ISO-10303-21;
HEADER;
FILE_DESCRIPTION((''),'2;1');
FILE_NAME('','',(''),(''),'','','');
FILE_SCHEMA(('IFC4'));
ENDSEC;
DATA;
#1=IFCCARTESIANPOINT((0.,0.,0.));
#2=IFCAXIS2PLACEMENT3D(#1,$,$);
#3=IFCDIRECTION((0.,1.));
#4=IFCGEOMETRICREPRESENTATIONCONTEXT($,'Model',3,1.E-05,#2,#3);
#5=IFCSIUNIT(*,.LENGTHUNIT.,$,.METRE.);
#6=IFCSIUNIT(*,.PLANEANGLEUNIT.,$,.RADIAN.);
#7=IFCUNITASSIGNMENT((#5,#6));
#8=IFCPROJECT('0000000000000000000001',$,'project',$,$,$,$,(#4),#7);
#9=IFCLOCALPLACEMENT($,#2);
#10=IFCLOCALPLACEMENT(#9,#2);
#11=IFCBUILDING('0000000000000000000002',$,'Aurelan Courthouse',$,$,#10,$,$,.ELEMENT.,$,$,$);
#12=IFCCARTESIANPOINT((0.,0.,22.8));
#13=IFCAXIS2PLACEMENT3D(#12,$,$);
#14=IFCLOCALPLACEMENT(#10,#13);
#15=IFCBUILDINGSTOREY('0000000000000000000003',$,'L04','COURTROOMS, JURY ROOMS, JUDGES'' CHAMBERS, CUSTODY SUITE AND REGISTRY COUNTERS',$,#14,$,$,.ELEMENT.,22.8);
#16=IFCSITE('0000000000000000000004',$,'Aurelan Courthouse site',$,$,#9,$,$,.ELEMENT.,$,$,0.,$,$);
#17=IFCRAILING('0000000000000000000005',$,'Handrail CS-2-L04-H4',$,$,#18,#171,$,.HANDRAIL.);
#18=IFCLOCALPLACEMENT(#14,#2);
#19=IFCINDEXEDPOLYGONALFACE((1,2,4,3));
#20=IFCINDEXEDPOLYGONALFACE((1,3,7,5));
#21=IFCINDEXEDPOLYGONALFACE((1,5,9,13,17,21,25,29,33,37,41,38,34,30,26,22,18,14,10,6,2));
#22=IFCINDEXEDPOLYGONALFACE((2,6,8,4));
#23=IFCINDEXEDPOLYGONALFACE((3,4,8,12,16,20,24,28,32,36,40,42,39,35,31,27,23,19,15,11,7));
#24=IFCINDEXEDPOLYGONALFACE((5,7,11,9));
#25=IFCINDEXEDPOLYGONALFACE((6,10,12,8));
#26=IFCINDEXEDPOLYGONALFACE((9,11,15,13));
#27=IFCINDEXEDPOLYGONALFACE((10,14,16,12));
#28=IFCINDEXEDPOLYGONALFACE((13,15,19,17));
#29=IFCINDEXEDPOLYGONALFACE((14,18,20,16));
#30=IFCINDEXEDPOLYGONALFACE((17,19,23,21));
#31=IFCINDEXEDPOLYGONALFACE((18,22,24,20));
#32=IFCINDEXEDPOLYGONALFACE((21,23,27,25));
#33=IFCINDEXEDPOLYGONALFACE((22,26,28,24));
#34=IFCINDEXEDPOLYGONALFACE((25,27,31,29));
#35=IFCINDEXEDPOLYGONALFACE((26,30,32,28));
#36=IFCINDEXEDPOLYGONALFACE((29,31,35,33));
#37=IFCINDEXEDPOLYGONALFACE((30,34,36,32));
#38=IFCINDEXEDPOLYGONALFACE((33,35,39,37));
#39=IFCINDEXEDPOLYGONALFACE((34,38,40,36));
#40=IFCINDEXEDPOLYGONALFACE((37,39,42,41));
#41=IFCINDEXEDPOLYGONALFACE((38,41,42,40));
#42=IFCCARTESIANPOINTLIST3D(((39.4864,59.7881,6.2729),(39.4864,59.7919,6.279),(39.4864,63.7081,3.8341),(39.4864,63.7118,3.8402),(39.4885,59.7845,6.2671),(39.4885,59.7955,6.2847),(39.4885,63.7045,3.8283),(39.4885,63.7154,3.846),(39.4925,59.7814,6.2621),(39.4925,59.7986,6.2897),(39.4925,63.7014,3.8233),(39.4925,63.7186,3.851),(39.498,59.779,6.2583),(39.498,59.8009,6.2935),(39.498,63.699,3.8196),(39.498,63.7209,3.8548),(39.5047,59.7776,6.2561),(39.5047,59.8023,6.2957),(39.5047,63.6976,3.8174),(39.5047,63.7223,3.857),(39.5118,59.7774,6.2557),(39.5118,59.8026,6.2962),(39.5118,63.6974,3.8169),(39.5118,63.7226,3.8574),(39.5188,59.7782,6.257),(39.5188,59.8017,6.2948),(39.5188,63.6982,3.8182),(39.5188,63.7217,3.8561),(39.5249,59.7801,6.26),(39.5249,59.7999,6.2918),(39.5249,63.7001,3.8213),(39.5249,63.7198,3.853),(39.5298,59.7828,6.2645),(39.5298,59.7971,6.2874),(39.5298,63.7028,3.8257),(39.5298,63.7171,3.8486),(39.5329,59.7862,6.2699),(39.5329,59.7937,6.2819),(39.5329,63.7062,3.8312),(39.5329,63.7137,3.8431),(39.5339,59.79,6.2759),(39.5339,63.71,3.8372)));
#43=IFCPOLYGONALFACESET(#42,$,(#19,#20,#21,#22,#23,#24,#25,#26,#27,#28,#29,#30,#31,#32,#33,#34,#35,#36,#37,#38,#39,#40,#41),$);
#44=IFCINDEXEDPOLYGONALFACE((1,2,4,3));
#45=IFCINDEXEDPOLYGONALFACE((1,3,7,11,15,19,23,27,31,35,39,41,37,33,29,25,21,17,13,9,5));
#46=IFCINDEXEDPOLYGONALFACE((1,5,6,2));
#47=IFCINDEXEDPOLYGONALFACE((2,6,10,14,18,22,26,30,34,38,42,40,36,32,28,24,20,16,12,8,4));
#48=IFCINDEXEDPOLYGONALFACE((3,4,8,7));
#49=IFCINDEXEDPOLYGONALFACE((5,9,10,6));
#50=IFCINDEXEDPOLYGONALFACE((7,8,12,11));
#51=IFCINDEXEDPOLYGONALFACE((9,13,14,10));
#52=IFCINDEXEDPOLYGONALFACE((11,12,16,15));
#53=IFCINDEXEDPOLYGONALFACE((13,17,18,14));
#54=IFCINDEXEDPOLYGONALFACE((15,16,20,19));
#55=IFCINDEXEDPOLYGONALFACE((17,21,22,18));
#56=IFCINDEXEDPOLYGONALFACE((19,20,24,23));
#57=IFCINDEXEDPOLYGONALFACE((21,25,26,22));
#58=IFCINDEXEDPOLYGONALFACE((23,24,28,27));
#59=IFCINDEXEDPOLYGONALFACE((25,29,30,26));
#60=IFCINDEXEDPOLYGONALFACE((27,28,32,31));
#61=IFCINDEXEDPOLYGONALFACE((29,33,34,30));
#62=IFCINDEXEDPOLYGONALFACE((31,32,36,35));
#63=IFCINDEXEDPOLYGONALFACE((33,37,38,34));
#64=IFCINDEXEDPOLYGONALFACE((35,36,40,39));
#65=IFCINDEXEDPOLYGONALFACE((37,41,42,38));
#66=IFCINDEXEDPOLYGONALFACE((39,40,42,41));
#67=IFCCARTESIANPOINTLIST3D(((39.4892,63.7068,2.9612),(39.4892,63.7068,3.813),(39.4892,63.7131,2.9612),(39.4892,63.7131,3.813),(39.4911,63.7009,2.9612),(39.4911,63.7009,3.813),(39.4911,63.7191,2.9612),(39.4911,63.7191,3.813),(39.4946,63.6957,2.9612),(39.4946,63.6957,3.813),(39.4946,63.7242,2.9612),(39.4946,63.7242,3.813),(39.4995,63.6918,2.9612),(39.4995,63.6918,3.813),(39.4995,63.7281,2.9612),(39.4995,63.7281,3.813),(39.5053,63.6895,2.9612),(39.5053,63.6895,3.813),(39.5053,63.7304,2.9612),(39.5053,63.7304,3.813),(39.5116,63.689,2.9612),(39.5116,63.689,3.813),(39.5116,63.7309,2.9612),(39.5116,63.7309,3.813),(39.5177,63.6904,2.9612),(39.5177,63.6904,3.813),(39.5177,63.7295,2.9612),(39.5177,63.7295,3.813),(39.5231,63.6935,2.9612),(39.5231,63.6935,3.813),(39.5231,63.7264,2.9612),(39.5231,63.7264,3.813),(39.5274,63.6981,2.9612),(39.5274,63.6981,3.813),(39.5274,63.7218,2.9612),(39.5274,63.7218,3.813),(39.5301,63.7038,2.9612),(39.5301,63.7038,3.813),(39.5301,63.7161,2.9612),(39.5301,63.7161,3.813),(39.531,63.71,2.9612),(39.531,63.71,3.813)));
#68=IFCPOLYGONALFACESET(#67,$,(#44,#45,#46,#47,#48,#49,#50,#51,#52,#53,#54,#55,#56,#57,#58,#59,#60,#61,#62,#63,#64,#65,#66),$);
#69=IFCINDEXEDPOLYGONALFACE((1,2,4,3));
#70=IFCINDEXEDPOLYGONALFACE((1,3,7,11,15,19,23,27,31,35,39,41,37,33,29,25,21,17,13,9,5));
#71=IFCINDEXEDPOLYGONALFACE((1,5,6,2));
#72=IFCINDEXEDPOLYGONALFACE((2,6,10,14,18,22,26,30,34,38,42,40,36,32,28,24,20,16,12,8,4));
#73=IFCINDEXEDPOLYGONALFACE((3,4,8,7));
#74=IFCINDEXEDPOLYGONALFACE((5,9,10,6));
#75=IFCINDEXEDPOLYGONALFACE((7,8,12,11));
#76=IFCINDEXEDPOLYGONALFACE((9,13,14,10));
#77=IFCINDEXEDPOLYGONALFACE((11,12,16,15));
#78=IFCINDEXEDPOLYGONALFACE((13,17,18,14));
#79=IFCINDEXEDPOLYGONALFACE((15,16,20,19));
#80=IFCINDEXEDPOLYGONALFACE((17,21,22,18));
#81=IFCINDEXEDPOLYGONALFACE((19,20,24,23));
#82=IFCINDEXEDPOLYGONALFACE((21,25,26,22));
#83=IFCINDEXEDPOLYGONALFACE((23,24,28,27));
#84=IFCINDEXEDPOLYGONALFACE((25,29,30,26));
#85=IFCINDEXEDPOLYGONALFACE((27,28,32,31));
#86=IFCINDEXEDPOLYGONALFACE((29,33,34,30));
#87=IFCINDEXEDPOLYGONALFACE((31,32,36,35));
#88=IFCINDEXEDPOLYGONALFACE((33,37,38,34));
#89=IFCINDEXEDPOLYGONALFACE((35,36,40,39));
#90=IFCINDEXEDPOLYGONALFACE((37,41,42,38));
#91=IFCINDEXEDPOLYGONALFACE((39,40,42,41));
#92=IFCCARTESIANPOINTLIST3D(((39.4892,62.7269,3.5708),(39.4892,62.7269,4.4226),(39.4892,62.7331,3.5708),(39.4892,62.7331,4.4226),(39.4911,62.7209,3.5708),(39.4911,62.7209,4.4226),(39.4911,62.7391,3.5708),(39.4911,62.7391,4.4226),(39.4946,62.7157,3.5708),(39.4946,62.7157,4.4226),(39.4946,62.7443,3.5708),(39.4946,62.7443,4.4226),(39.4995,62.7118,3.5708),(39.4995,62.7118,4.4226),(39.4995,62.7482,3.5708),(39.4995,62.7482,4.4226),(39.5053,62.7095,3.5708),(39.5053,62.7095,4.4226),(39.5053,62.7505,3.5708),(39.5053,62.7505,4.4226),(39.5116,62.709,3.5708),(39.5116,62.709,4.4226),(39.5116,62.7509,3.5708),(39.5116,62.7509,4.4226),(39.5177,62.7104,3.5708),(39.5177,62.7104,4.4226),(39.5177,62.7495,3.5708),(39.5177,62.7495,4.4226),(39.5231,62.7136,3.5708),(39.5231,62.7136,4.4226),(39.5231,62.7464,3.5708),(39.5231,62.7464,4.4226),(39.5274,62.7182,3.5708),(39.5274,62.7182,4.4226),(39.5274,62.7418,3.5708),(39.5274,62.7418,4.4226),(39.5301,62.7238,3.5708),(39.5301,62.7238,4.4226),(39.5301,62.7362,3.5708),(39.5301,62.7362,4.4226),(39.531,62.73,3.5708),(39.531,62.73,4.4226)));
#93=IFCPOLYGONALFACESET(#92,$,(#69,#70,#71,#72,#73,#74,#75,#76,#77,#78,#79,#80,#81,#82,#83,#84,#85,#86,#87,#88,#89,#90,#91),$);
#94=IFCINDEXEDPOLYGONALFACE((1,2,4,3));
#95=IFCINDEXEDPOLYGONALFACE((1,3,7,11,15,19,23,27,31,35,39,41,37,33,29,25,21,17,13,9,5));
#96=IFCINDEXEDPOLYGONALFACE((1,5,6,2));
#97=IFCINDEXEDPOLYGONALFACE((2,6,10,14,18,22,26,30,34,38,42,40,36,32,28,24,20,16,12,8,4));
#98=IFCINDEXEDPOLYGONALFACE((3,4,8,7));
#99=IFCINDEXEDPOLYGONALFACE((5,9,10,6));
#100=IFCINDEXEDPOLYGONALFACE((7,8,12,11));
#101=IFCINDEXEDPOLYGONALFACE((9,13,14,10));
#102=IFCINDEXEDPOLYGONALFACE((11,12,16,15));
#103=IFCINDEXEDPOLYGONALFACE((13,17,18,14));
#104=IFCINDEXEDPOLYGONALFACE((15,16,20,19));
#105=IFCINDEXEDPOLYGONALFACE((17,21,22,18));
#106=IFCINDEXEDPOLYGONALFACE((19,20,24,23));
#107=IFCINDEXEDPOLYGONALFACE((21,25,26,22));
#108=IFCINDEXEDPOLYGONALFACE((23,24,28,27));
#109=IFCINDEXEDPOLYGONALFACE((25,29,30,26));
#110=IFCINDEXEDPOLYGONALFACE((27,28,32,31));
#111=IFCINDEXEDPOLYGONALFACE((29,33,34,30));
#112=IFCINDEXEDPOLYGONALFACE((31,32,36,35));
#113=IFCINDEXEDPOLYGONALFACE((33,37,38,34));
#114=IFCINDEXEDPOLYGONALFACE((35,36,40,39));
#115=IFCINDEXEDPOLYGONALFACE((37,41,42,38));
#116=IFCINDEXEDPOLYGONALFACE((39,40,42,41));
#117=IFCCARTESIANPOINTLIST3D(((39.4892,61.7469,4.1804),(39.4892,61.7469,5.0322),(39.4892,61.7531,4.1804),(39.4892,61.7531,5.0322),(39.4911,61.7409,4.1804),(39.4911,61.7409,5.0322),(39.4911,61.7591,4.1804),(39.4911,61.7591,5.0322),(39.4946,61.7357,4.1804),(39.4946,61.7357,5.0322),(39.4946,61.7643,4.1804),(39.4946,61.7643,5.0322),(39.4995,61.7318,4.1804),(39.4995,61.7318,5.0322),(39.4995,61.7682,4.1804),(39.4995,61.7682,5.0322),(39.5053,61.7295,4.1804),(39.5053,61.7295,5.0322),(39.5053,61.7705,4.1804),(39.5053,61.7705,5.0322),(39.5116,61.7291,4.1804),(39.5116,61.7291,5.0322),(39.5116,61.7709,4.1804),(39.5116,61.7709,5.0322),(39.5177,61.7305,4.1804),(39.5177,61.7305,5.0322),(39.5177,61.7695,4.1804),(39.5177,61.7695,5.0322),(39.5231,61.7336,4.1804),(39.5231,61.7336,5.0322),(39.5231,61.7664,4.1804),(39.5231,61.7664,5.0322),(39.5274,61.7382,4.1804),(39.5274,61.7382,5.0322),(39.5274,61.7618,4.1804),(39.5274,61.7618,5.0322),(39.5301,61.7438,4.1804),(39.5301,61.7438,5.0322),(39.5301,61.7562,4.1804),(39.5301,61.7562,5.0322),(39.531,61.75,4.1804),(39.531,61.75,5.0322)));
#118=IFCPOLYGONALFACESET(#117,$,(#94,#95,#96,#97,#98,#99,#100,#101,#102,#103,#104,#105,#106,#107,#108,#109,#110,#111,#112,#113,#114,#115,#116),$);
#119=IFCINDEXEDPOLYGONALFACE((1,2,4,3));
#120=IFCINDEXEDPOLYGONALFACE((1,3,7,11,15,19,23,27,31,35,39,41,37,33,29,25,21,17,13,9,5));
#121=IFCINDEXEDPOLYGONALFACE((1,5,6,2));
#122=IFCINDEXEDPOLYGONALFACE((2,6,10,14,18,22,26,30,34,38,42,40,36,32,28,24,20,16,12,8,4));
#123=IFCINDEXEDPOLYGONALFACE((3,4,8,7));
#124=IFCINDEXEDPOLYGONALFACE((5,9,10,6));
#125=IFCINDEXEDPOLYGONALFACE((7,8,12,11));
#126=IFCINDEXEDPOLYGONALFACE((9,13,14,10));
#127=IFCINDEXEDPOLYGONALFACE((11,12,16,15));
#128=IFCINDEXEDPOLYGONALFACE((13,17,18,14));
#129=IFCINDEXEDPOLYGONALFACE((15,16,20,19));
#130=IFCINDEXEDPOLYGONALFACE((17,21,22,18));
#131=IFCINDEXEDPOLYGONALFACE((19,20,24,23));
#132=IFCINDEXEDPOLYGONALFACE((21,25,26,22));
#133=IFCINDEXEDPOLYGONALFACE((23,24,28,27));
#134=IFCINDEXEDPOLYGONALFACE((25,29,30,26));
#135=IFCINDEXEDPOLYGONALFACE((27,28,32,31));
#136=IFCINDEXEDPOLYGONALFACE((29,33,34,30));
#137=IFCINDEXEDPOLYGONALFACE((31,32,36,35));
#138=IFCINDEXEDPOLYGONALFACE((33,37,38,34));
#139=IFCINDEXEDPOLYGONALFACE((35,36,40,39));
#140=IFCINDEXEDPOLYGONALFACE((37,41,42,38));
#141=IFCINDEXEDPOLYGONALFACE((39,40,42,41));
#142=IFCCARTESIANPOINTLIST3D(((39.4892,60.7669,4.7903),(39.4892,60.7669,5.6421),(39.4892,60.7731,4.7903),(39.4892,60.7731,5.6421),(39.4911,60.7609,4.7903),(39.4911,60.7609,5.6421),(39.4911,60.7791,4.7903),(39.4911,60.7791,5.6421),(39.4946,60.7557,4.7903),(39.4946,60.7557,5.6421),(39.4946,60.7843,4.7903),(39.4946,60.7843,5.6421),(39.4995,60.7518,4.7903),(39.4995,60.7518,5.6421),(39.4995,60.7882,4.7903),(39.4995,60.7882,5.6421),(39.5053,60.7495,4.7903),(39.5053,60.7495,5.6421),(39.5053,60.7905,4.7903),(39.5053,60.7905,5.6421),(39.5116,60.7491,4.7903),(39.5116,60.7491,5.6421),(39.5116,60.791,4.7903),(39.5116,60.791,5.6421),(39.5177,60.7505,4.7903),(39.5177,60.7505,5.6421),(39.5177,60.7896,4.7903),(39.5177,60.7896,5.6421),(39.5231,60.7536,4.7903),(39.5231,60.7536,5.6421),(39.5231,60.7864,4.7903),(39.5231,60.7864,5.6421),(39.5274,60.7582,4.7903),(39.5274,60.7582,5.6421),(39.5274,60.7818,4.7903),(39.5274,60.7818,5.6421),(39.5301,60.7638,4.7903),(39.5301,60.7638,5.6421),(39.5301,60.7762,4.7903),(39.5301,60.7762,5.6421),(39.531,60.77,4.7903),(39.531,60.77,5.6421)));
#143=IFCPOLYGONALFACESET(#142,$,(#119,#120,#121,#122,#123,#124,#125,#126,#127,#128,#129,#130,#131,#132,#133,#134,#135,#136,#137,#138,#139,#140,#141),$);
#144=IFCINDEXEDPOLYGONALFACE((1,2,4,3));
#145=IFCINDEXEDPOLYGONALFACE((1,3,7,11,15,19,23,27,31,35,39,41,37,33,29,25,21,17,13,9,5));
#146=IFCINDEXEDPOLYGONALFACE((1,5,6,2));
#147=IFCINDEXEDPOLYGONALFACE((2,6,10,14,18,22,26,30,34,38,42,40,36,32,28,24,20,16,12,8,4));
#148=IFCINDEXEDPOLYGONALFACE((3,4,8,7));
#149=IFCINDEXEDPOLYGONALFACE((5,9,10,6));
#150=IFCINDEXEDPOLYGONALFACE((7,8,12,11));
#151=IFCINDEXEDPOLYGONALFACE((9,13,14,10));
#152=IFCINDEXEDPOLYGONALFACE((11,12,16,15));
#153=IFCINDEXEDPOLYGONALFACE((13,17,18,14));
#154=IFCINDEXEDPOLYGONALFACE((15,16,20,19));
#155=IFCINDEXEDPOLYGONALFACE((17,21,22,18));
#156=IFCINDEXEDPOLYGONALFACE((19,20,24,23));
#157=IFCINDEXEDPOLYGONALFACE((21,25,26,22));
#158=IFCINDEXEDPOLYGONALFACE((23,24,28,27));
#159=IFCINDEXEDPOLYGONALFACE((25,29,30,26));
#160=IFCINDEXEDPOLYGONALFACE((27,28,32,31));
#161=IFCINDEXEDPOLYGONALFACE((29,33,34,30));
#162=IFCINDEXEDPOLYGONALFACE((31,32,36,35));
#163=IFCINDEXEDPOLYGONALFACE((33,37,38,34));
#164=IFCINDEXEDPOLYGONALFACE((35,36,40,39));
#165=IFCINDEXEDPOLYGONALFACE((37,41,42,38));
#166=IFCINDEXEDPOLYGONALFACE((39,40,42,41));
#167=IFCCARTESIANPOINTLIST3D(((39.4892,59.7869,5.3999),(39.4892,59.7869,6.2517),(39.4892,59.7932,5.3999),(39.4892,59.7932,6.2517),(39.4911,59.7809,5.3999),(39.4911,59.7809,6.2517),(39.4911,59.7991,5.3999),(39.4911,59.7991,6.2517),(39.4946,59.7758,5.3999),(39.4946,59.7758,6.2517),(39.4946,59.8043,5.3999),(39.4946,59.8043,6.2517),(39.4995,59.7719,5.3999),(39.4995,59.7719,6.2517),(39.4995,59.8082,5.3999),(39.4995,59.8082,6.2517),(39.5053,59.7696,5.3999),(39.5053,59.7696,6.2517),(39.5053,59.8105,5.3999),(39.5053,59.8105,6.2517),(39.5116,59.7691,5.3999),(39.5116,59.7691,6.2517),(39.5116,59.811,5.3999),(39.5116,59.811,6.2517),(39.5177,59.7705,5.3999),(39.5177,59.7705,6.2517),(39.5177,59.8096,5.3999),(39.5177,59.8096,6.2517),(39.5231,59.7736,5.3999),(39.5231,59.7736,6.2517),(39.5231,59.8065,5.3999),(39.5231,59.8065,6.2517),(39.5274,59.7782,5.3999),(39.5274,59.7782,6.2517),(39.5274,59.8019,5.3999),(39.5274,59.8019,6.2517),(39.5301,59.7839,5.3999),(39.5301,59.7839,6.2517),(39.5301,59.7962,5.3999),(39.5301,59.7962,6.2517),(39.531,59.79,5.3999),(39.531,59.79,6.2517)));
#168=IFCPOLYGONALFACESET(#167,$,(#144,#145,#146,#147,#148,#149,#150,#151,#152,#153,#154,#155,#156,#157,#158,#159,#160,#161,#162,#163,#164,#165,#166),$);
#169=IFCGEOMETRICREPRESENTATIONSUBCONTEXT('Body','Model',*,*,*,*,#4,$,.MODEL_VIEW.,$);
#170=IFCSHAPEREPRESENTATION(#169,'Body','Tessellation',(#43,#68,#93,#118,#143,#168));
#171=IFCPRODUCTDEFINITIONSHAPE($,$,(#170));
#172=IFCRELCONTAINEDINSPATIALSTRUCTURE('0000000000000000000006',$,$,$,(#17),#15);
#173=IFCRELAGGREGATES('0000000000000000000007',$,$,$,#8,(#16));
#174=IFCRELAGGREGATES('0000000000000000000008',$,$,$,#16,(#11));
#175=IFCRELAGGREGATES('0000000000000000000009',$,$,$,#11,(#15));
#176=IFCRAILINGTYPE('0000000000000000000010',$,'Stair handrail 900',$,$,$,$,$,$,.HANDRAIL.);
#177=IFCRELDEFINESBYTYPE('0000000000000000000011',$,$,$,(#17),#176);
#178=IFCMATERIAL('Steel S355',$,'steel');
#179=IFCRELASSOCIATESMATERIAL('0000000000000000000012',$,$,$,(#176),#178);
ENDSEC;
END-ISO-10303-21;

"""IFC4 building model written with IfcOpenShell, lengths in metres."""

from ifc_helpers import new_model, si_unit, direction, frame, origin, origin_2d, place, context, subcontext, project, spatial, circle, extrude, material, type_object, element, save


model = new_model("IFC4")

# Units and contexts
model_context = context("Model", 3, precision=1e-05, world=origin(), true_north=direction((0.0, 1.0)))
body_context = subcontext(model_context, "Body", "Model", "MODEL_VIEW")
ifc_project = project(units=[si_unit("LENGTHUNIT", "METRE"), si_unit("PLANEANGLEUNIT", "RADIAN")], contexts=[model_context])

# Site, building, storey
site_placement = place(None, origin())
site = spatial("IfcSite", under=ifc_project, at=site_placement, Name="Aurelan Courthouse site", CompositionType="ELEMENT", RefElevation=0.0)
building_placement = place(site_placement, origin())
building = spatial("IfcBuilding", under=site, at=building_placement, Name="Aurelan Courthouse", CompositionType="ELEMENT")
storey_placement = place(building_placement, frame((0.0, 0.0, 22.8)))
storey = spatial("IfcBuildingStorey", under=building, at=storey_placement, Name="L04", Description="COURTROOMS, JURY ROOMS, JUDGES' CHAMBERS, CUSTODY SUITE AND REGISTRY COUNTERS", CompositionType="ELEMENT", Elevation=22.8)

# Railing
ifc_material_1 = material(Name="Steel S355", Category="steel")
railing_type_1 = type_object("IfcRailingType", Name="Stair handrail 900", PredefinedType="HANDRAIL", material=ifc_material_1)
for number, where, name in (
    (1, (39.51, 63.71, 2.9612), "Handrail CS-2-L04-H4"),
):
    element("IfcRailing", number, at=place(storey_placement, frame(where)), inside=storey, type_object=railing_type_1, Name=name, PredefinedType="HANDRAIL", context=body_context, shape_type="SweptSolid", body=[
        extrude(circle(Radius=0.0239, at=origin_2d()), frame((0.0, 0.0, 0.876), z_axis=(0.0, -0.84909, 0.528249), x_axis=(1.0, 0.0, 0.0)), (0.0, 0.0, 1.0), 4.6167),
        extrude(circle(Radius=0.021, at=origin_2d()), origin(), (0.0, 0.0, 1.0), 0.8518),
        extrude(circle(Radius=0.021, at=origin_2d()), frame((0.0, -0.98, 0.6096)), (0.0, 0.0, 1.0), 0.8518),
        extrude(circle(Radius=0.021, at=origin_2d()), frame((0.0, -1.96, 1.2192)), (0.0, 0.0, 1.0), 0.8518),
        extrude(circle(Radius=0.021, at=origin_2d()), frame((0.0, -2.9399, 1.8291)), (0.0, 0.0, 1.0), 0.8518),
        extrude(circle(Radius=0.021, at=origin_2d()), frame((0.0, -3.9199, 2.4387)), (0.0, 0.0, 1.0), 0.8518),
    ])

save(model, "model.ifc")
